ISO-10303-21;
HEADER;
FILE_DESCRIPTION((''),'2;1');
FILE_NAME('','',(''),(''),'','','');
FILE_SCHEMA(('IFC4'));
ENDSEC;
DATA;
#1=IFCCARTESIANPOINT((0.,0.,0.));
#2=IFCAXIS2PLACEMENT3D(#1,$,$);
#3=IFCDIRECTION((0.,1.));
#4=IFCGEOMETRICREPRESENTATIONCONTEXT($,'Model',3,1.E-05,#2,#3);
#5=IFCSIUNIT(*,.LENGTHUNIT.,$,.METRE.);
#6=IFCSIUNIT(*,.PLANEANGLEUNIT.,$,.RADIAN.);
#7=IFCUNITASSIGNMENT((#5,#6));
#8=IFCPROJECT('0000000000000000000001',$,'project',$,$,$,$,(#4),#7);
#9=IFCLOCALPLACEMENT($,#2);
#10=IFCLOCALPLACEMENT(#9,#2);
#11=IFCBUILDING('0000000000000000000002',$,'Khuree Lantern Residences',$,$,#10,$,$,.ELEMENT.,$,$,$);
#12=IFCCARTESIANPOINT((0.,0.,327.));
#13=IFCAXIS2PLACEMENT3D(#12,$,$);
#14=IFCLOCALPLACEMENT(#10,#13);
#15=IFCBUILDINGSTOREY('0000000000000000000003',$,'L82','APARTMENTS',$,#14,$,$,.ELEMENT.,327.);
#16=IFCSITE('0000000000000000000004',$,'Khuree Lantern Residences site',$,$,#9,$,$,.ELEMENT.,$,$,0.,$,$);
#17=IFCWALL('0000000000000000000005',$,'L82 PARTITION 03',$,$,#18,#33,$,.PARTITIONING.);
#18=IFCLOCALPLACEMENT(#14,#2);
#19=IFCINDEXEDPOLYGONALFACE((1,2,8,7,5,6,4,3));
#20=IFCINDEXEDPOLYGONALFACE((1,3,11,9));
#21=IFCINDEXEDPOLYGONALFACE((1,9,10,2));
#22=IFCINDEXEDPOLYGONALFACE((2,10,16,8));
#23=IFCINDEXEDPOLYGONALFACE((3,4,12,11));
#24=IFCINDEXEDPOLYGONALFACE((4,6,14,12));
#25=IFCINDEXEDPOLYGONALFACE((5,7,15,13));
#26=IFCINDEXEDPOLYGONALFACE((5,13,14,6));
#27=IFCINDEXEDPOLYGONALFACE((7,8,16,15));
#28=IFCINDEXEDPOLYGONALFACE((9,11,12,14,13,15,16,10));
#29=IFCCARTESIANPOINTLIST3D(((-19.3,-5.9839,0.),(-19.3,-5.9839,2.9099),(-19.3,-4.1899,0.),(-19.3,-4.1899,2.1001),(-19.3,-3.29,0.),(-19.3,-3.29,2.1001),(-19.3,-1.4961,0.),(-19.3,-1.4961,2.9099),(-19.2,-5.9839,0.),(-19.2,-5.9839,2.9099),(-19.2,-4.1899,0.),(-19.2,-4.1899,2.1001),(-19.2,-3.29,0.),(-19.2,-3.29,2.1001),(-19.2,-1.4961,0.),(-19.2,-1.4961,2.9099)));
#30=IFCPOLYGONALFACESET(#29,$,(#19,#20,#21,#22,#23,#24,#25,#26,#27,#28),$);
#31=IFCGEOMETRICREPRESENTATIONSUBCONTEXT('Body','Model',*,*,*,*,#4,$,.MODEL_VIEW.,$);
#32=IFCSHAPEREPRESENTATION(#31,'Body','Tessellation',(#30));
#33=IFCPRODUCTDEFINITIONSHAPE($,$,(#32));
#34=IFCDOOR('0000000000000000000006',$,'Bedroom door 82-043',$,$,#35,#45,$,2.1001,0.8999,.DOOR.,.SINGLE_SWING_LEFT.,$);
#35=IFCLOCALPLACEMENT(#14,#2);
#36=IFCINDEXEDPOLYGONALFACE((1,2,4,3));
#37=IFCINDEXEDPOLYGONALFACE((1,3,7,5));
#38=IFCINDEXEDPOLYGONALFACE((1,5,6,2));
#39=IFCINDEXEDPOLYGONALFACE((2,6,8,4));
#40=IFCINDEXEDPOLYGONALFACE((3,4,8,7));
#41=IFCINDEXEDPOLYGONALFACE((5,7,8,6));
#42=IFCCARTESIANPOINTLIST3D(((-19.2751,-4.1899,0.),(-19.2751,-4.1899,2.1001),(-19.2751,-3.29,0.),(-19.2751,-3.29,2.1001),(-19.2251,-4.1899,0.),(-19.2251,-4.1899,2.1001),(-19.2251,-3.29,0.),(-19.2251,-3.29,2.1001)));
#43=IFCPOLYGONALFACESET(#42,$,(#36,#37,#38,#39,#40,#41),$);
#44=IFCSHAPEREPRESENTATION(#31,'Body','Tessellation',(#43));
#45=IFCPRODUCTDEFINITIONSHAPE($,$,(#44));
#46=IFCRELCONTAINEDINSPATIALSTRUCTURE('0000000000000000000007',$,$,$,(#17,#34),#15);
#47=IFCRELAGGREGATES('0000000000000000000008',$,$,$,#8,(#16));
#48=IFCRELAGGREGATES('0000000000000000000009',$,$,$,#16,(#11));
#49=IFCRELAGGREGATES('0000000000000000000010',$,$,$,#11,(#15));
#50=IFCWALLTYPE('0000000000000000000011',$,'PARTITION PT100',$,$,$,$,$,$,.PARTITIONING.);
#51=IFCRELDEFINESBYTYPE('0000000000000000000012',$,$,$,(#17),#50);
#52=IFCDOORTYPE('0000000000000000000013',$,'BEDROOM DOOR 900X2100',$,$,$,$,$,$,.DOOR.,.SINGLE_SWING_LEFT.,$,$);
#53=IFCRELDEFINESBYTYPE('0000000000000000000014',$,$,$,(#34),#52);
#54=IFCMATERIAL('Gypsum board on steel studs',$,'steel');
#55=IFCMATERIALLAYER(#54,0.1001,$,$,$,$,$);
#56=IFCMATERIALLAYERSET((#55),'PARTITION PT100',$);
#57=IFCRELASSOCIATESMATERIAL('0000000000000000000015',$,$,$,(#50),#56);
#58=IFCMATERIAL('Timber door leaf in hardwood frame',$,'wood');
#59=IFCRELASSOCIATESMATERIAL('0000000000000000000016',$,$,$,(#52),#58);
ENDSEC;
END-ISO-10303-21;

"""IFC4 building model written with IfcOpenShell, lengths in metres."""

from ifc_helpers import new_model, si_unit, direction, frame, frame_2d, origin, place, context, subcontext, project, spatial, rectangle, extrude, material, layer, layer_set, type_object, element, fill, save


model = new_model("IFC4")

# Units and contexts
model_context = context("Model", 3, precision=1e-05, world=origin(), true_north=direction((0.0, 1.0)))
body_context = subcontext(model_context, "Body", "Model", "MODEL_VIEW")
ifc_project = project(units=[si_unit("LENGTHUNIT", "METRE"), si_unit("PLANEANGLEUNIT", "RADIAN")], contexts=[model_context])

# Site, building, storey
site_placement = place(None, origin())
site = spatial("IfcSite", under=ifc_project, at=site_placement, Name="Khuree Lantern Residences site", CompositionType="ELEMENT", RefElevation=0.0)
building_placement = place(site_placement, origin())
building = spatial("IfcBuilding", under=site, at=building_placement, Name="Khuree Lantern Residences", CompositionType="ELEMENT")
storey_placement = place(building_placement, frame((0.0, 0.0, 327.0)))
storey = spatial("IfcBuildingStorey", under=building, at=storey_placement, Name="L82", Description="APARTMENTS", CompositionType="ELEMENT", Elevation=327.0)

# Shared definitions
ifc_material_1 = material(Name="Gypsum board on steel studs", Category="steel")

# Shared definitions
ifc_layer_1 = layer(ifc_material_1, 0.1001)
ifc_layer_set_1 = layer_set([ifc_layer_1], Name="PARTITION PT100")
wall_type_1 = type_object("IfcWallType", Name="PARTITION PT100", PredefinedType="PARTITIONING", material=ifc_layer_set_1)

# Wall, opening, door
wall_1_placement = place(storey_placement, frame((-19.25, -1.4961, 0.0), z_axis=(0.0, 0.0, 1.0), x_axis=(0.0, -1.0, 0.0)))
wall_1 = element("IfcWall", 1, at=wall_1_placement, inside=storey, type_object=wall_type_1, Name="L82 PARTITION 03", PredefinedType="PARTITIONING", context=body_context, shape_type="SweptSolid", body=[
    extrude(rectangle(XDim=4.4878, YDim=0.1001, at=frame_2d((2.2439, 0.0))), origin(), (0.0, 0.0, 1.0), 2.9099),
])
opening_1_placement = place(wall_1_placement, frame((1.7939, 0.0, 0.0)))
opening_1 = element("IfcOpeningElement", 2, at=opening_1_placement, cuts=wall_1, PredefinedType="OPENING", context=body_context, shape_type="SweptSolid", body=[
    extrude(rectangle(XDim=0.8999, YDim=2.1001, at=frame_2d((0.45, 1.05))), frame((0.0, 0.0601, 0.0), z_axis=(0.0, -1.0, 0.0), x_axis=(1.0, 0.0, 0.0)), (0.0, 0.0, 1.0), 0.1201),
])
ifc_material_2 = material(Name="Timber door leaf in hardwood frame", Category="wood")
door_type_1 = type_object("IfcDoorType", Name="BEDROOM DOOR 900X2100", OperationType="SINGLE_SWING_LEFT", PredefinedType="DOOR", material=ifc_material_2)
door_1_placement = place(opening_1_placement, origin())
door_1 = element("IfcDoor", 3, at=door_1_placement, inside=storey, type_object=door_type_1, Name="Bedroom door 82-043", OperationType="SINGLE_SWING_LEFT", OverallHeight=2.1001, OverallWidth=0.8999, PredefinedType="DOOR", context=body_context, shape_type="SweptSolid", body=[
    extrude(rectangle(XDim=0.8999, YDim=2.1001, at=frame_2d((0.45, 1.05))), frame((0.0, 0.0249, 0.0), z_axis=(0.0, -1.0, 0.0), x_axis=(1.0, 0.0, 0.0)), (0.0, 0.0, 1.0), 0.05),
])
fill(opening_1, door_1)

save(model, "model.ifc")
